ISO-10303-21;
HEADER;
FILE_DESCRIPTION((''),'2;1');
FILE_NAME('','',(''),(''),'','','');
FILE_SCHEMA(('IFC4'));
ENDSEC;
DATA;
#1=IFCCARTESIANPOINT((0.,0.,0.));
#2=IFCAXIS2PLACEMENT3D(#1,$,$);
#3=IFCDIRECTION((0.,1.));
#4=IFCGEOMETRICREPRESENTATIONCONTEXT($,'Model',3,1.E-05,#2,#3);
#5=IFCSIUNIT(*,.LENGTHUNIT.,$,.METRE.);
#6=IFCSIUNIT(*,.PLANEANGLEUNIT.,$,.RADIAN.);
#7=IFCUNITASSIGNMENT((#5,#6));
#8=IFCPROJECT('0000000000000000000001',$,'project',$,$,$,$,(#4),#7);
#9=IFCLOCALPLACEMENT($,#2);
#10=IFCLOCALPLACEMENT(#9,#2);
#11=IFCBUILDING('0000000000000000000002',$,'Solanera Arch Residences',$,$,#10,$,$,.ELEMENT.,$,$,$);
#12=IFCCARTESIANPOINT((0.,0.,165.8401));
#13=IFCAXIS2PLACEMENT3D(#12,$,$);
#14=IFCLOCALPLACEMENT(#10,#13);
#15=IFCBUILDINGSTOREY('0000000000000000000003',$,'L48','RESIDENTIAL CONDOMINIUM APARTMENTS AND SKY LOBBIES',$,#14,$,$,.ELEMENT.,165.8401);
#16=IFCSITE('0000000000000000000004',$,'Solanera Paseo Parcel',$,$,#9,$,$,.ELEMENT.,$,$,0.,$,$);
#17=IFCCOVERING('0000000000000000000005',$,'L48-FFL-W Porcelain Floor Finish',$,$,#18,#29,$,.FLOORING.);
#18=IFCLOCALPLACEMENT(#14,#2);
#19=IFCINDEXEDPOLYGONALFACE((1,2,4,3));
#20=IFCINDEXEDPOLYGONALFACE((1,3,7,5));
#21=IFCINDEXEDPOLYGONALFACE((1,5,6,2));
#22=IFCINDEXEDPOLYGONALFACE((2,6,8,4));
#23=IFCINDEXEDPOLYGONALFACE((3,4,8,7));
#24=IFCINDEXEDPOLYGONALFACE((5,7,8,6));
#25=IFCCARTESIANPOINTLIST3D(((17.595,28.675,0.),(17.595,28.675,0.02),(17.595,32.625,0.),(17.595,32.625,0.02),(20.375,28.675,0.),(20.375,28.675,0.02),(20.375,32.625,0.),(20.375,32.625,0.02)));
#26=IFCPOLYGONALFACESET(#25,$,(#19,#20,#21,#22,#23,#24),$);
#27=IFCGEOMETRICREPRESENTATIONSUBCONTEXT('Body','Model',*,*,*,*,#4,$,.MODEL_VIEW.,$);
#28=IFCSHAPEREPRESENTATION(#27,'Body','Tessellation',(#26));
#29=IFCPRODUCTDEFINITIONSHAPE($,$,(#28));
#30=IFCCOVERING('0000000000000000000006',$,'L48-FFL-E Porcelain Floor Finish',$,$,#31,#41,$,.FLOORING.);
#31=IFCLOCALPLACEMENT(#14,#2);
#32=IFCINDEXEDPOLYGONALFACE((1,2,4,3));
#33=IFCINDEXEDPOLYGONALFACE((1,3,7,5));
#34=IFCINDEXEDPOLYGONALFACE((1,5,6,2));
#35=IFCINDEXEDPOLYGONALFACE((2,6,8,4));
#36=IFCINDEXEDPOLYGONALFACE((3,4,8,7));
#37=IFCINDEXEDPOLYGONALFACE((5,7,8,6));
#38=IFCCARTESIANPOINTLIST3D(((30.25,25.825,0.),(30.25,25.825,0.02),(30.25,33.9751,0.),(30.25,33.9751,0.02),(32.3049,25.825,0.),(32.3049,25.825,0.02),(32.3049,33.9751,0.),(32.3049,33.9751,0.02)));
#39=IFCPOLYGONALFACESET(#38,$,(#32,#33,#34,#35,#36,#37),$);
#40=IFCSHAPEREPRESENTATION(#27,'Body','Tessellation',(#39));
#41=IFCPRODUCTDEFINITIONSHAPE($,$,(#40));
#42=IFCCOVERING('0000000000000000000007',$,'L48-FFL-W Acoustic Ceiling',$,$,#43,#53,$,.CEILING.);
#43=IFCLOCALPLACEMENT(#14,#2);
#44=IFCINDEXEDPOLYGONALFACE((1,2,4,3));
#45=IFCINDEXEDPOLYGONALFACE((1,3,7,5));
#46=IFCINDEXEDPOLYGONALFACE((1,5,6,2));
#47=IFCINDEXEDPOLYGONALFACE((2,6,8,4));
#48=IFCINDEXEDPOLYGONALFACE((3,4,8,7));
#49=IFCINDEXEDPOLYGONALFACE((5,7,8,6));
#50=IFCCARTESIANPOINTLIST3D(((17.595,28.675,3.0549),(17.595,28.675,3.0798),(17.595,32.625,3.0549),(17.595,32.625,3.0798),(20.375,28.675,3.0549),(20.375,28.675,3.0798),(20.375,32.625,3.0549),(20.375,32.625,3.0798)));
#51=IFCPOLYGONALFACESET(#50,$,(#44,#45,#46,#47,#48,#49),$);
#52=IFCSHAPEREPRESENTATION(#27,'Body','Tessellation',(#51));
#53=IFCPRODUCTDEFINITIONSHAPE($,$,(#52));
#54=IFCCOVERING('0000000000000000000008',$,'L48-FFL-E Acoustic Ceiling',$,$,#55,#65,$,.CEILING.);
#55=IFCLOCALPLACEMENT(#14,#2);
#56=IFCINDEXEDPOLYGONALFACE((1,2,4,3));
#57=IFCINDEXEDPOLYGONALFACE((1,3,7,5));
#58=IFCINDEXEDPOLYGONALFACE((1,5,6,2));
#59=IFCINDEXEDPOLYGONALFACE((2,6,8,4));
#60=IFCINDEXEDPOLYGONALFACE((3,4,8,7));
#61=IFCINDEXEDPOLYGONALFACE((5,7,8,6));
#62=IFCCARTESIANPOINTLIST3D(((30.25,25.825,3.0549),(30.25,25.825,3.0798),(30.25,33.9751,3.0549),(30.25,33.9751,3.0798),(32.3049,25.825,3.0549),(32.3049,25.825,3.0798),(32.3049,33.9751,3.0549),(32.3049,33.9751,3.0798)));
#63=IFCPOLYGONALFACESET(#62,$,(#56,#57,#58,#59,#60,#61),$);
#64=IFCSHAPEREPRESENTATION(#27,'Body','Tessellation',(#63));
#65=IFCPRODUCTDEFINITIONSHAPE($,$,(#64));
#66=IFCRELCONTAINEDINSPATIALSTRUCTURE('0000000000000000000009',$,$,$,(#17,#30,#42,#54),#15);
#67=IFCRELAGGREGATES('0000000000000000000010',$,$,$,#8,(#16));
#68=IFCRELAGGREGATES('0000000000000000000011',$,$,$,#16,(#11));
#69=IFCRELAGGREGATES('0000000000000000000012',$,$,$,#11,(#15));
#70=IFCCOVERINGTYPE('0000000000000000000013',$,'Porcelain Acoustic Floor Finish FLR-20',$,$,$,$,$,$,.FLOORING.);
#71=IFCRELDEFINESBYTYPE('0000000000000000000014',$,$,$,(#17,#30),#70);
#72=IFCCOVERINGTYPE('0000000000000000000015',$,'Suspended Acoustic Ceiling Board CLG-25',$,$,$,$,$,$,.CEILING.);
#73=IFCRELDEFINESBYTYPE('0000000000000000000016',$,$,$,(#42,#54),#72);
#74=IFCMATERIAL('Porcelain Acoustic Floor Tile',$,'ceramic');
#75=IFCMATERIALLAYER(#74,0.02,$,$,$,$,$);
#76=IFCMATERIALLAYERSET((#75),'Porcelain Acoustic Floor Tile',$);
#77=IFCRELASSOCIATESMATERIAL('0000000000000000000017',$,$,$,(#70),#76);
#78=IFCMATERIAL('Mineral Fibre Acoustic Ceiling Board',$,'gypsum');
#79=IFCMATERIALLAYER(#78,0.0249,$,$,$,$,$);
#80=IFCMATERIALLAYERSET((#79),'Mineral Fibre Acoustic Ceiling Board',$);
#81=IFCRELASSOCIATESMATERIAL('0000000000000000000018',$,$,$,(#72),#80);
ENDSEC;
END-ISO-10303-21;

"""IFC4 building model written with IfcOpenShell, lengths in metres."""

from ifc_helpers import new_model, si_unit, direction, frame, origin, place, context, subcontext, project, spatial, polyline, outline, extrude, material, layer, layer_set, type_object, element, save


model = new_model("IFC4")

# Units and contexts
model_context = context("Model", 3, precision=1e-05, world=origin(), true_north=direction((0.0, 1.0)))
body_context = subcontext(model_context, "Body", "Model", "MODEL_VIEW")
ifc_project = project(units=[si_unit("LENGTHUNIT", "METRE"), si_unit("PLANEANGLEUNIT", "RADIAN")], contexts=[model_context])

# Site, building, storey
site_placement = place(None, origin())
site = spatial("IfcSite", under=ifc_project, at=site_placement, Name="Solanera Paseo Parcel", CompositionType="ELEMENT", RefElevation=0.0)
building_placement = place(site_placement, origin())
building = spatial("IfcBuilding", under=site, at=building_placement, Name="Solanera Arch Residences", CompositionType="ELEMENT")
storey_placement = place(building_placement, frame((0.0, 0.0, 165.8401)))
storey = spatial("IfcBuildingStorey", under=building, at=storey_placement, Name="L48", Description="RESIDENTIAL CONDOMINIUM APARTMENTS AND SKY LOBBIES", CompositionType="ELEMENT", Elevation=165.8401)

# Coverings
ifc_material_1 = material(Name="Porcelain Acoustic Floor Tile", Category="ceramic")
ifc_layer_1 = layer(ifc_material_1, 0.02)
ifc_layer_set_1 = layer_set([ifc_layer_1], Name="Porcelain Acoustic Floor Tile")
covering_type_1 = type_object("IfcCoveringType", Name="Porcelain Acoustic Floor Finish FLR-20", PredefinedType="FLOORING", material=ifc_layer_set_1)
covering_1_placement = place(storey_placement, origin())
element("IfcCovering", 1, at=covering_1_placement, inside=storey, type_object=covering_type_1, Name="L48-FFL-W Porcelain Floor Finish", PredefinedType="FLOORING", context=body_context, shape_type="SweptSolid", body=[
    extrude(outline(polyline([(20.375, 28.675), (17.595, 28.675), (17.595, 32.625), (20.375, 32.625), (20.375, 28.675)])), origin(), (0.0, 0.0, 1.0), 0.02),
])
covering_2_placement = place(storey_placement, origin())
element("IfcCovering", 2, at=covering_2_placement, inside=storey, type_object=covering_type_1, Name="L48-FFL-E Porcelain Floor Finish", PredefinedType="FLOORING", context=body_context, shape_type="SweptSolid", body=[
    extrude(outline(polyline([(32.3049, 25.825), (30.25, 25.825), (30.25, 33.9751), (32.3049, 33.9751), (32.3049, 25.825)])), origin(), (0.0, 0.0, 1.0), 0.02),
])
ifc_material_2 = material(Name="Mineral Fibre Acoustic Ceiling Board", Category="gypsum")
ifc_layer_2 = layer(ifc_material_2, 0.0249)
ifc_layer_set_2 = layer_set([ifc_layer_2], Name="Mineral Fibre Acoustic Ceiling Board")
covering_type_2 = type_object("IfcCoveringType", Name="Suspended Acoustic Ceiling Board CLG-25", PredefinedType="CEILING", material=ifc_layer_set_2)
covering_3_placement = place(storey_placement, frame((0.0, 0.0, 3.0549)))
element("IfcCovering", 3, at=covering_3_placement, inside=storey, type_object=covering_type_2, Name="L48-FFL-W Acoustic Ceiling", PredefinedType="CEILING", context=body_context, shape_type="SweptSolid", body=[
    extrude(outline(polyline([(20.375, 28.675), (17.595, 28.675), (17.595, 32.625), (20.375, 32.625), (20.375, 28.675)])), origin(), (0.0, 0.0, 1.0), 0.0249),
])
covering_4_placement = place(storey_placement, frame((0.0, 0.0, 3.0549)))
element("IfcCovering", 4, at=covering_4_placement, inside=storey, type_object=covering_type_2, Name="L48-FFL-E Acoustic Ceiling", PredefinedType="CEILING", context=body_context, shape_type="SweptSolid", body=[
    extrude(outline(polyline([(32.3049, 25.825), (30.25, 25.825), (30.25, 33.9751), (32.3049, 33.9751), (32.3049, 25.825)])), origin(), (0.0, 0.0, 1.0), 0.0249),
])

save(model, "model.ifc")
